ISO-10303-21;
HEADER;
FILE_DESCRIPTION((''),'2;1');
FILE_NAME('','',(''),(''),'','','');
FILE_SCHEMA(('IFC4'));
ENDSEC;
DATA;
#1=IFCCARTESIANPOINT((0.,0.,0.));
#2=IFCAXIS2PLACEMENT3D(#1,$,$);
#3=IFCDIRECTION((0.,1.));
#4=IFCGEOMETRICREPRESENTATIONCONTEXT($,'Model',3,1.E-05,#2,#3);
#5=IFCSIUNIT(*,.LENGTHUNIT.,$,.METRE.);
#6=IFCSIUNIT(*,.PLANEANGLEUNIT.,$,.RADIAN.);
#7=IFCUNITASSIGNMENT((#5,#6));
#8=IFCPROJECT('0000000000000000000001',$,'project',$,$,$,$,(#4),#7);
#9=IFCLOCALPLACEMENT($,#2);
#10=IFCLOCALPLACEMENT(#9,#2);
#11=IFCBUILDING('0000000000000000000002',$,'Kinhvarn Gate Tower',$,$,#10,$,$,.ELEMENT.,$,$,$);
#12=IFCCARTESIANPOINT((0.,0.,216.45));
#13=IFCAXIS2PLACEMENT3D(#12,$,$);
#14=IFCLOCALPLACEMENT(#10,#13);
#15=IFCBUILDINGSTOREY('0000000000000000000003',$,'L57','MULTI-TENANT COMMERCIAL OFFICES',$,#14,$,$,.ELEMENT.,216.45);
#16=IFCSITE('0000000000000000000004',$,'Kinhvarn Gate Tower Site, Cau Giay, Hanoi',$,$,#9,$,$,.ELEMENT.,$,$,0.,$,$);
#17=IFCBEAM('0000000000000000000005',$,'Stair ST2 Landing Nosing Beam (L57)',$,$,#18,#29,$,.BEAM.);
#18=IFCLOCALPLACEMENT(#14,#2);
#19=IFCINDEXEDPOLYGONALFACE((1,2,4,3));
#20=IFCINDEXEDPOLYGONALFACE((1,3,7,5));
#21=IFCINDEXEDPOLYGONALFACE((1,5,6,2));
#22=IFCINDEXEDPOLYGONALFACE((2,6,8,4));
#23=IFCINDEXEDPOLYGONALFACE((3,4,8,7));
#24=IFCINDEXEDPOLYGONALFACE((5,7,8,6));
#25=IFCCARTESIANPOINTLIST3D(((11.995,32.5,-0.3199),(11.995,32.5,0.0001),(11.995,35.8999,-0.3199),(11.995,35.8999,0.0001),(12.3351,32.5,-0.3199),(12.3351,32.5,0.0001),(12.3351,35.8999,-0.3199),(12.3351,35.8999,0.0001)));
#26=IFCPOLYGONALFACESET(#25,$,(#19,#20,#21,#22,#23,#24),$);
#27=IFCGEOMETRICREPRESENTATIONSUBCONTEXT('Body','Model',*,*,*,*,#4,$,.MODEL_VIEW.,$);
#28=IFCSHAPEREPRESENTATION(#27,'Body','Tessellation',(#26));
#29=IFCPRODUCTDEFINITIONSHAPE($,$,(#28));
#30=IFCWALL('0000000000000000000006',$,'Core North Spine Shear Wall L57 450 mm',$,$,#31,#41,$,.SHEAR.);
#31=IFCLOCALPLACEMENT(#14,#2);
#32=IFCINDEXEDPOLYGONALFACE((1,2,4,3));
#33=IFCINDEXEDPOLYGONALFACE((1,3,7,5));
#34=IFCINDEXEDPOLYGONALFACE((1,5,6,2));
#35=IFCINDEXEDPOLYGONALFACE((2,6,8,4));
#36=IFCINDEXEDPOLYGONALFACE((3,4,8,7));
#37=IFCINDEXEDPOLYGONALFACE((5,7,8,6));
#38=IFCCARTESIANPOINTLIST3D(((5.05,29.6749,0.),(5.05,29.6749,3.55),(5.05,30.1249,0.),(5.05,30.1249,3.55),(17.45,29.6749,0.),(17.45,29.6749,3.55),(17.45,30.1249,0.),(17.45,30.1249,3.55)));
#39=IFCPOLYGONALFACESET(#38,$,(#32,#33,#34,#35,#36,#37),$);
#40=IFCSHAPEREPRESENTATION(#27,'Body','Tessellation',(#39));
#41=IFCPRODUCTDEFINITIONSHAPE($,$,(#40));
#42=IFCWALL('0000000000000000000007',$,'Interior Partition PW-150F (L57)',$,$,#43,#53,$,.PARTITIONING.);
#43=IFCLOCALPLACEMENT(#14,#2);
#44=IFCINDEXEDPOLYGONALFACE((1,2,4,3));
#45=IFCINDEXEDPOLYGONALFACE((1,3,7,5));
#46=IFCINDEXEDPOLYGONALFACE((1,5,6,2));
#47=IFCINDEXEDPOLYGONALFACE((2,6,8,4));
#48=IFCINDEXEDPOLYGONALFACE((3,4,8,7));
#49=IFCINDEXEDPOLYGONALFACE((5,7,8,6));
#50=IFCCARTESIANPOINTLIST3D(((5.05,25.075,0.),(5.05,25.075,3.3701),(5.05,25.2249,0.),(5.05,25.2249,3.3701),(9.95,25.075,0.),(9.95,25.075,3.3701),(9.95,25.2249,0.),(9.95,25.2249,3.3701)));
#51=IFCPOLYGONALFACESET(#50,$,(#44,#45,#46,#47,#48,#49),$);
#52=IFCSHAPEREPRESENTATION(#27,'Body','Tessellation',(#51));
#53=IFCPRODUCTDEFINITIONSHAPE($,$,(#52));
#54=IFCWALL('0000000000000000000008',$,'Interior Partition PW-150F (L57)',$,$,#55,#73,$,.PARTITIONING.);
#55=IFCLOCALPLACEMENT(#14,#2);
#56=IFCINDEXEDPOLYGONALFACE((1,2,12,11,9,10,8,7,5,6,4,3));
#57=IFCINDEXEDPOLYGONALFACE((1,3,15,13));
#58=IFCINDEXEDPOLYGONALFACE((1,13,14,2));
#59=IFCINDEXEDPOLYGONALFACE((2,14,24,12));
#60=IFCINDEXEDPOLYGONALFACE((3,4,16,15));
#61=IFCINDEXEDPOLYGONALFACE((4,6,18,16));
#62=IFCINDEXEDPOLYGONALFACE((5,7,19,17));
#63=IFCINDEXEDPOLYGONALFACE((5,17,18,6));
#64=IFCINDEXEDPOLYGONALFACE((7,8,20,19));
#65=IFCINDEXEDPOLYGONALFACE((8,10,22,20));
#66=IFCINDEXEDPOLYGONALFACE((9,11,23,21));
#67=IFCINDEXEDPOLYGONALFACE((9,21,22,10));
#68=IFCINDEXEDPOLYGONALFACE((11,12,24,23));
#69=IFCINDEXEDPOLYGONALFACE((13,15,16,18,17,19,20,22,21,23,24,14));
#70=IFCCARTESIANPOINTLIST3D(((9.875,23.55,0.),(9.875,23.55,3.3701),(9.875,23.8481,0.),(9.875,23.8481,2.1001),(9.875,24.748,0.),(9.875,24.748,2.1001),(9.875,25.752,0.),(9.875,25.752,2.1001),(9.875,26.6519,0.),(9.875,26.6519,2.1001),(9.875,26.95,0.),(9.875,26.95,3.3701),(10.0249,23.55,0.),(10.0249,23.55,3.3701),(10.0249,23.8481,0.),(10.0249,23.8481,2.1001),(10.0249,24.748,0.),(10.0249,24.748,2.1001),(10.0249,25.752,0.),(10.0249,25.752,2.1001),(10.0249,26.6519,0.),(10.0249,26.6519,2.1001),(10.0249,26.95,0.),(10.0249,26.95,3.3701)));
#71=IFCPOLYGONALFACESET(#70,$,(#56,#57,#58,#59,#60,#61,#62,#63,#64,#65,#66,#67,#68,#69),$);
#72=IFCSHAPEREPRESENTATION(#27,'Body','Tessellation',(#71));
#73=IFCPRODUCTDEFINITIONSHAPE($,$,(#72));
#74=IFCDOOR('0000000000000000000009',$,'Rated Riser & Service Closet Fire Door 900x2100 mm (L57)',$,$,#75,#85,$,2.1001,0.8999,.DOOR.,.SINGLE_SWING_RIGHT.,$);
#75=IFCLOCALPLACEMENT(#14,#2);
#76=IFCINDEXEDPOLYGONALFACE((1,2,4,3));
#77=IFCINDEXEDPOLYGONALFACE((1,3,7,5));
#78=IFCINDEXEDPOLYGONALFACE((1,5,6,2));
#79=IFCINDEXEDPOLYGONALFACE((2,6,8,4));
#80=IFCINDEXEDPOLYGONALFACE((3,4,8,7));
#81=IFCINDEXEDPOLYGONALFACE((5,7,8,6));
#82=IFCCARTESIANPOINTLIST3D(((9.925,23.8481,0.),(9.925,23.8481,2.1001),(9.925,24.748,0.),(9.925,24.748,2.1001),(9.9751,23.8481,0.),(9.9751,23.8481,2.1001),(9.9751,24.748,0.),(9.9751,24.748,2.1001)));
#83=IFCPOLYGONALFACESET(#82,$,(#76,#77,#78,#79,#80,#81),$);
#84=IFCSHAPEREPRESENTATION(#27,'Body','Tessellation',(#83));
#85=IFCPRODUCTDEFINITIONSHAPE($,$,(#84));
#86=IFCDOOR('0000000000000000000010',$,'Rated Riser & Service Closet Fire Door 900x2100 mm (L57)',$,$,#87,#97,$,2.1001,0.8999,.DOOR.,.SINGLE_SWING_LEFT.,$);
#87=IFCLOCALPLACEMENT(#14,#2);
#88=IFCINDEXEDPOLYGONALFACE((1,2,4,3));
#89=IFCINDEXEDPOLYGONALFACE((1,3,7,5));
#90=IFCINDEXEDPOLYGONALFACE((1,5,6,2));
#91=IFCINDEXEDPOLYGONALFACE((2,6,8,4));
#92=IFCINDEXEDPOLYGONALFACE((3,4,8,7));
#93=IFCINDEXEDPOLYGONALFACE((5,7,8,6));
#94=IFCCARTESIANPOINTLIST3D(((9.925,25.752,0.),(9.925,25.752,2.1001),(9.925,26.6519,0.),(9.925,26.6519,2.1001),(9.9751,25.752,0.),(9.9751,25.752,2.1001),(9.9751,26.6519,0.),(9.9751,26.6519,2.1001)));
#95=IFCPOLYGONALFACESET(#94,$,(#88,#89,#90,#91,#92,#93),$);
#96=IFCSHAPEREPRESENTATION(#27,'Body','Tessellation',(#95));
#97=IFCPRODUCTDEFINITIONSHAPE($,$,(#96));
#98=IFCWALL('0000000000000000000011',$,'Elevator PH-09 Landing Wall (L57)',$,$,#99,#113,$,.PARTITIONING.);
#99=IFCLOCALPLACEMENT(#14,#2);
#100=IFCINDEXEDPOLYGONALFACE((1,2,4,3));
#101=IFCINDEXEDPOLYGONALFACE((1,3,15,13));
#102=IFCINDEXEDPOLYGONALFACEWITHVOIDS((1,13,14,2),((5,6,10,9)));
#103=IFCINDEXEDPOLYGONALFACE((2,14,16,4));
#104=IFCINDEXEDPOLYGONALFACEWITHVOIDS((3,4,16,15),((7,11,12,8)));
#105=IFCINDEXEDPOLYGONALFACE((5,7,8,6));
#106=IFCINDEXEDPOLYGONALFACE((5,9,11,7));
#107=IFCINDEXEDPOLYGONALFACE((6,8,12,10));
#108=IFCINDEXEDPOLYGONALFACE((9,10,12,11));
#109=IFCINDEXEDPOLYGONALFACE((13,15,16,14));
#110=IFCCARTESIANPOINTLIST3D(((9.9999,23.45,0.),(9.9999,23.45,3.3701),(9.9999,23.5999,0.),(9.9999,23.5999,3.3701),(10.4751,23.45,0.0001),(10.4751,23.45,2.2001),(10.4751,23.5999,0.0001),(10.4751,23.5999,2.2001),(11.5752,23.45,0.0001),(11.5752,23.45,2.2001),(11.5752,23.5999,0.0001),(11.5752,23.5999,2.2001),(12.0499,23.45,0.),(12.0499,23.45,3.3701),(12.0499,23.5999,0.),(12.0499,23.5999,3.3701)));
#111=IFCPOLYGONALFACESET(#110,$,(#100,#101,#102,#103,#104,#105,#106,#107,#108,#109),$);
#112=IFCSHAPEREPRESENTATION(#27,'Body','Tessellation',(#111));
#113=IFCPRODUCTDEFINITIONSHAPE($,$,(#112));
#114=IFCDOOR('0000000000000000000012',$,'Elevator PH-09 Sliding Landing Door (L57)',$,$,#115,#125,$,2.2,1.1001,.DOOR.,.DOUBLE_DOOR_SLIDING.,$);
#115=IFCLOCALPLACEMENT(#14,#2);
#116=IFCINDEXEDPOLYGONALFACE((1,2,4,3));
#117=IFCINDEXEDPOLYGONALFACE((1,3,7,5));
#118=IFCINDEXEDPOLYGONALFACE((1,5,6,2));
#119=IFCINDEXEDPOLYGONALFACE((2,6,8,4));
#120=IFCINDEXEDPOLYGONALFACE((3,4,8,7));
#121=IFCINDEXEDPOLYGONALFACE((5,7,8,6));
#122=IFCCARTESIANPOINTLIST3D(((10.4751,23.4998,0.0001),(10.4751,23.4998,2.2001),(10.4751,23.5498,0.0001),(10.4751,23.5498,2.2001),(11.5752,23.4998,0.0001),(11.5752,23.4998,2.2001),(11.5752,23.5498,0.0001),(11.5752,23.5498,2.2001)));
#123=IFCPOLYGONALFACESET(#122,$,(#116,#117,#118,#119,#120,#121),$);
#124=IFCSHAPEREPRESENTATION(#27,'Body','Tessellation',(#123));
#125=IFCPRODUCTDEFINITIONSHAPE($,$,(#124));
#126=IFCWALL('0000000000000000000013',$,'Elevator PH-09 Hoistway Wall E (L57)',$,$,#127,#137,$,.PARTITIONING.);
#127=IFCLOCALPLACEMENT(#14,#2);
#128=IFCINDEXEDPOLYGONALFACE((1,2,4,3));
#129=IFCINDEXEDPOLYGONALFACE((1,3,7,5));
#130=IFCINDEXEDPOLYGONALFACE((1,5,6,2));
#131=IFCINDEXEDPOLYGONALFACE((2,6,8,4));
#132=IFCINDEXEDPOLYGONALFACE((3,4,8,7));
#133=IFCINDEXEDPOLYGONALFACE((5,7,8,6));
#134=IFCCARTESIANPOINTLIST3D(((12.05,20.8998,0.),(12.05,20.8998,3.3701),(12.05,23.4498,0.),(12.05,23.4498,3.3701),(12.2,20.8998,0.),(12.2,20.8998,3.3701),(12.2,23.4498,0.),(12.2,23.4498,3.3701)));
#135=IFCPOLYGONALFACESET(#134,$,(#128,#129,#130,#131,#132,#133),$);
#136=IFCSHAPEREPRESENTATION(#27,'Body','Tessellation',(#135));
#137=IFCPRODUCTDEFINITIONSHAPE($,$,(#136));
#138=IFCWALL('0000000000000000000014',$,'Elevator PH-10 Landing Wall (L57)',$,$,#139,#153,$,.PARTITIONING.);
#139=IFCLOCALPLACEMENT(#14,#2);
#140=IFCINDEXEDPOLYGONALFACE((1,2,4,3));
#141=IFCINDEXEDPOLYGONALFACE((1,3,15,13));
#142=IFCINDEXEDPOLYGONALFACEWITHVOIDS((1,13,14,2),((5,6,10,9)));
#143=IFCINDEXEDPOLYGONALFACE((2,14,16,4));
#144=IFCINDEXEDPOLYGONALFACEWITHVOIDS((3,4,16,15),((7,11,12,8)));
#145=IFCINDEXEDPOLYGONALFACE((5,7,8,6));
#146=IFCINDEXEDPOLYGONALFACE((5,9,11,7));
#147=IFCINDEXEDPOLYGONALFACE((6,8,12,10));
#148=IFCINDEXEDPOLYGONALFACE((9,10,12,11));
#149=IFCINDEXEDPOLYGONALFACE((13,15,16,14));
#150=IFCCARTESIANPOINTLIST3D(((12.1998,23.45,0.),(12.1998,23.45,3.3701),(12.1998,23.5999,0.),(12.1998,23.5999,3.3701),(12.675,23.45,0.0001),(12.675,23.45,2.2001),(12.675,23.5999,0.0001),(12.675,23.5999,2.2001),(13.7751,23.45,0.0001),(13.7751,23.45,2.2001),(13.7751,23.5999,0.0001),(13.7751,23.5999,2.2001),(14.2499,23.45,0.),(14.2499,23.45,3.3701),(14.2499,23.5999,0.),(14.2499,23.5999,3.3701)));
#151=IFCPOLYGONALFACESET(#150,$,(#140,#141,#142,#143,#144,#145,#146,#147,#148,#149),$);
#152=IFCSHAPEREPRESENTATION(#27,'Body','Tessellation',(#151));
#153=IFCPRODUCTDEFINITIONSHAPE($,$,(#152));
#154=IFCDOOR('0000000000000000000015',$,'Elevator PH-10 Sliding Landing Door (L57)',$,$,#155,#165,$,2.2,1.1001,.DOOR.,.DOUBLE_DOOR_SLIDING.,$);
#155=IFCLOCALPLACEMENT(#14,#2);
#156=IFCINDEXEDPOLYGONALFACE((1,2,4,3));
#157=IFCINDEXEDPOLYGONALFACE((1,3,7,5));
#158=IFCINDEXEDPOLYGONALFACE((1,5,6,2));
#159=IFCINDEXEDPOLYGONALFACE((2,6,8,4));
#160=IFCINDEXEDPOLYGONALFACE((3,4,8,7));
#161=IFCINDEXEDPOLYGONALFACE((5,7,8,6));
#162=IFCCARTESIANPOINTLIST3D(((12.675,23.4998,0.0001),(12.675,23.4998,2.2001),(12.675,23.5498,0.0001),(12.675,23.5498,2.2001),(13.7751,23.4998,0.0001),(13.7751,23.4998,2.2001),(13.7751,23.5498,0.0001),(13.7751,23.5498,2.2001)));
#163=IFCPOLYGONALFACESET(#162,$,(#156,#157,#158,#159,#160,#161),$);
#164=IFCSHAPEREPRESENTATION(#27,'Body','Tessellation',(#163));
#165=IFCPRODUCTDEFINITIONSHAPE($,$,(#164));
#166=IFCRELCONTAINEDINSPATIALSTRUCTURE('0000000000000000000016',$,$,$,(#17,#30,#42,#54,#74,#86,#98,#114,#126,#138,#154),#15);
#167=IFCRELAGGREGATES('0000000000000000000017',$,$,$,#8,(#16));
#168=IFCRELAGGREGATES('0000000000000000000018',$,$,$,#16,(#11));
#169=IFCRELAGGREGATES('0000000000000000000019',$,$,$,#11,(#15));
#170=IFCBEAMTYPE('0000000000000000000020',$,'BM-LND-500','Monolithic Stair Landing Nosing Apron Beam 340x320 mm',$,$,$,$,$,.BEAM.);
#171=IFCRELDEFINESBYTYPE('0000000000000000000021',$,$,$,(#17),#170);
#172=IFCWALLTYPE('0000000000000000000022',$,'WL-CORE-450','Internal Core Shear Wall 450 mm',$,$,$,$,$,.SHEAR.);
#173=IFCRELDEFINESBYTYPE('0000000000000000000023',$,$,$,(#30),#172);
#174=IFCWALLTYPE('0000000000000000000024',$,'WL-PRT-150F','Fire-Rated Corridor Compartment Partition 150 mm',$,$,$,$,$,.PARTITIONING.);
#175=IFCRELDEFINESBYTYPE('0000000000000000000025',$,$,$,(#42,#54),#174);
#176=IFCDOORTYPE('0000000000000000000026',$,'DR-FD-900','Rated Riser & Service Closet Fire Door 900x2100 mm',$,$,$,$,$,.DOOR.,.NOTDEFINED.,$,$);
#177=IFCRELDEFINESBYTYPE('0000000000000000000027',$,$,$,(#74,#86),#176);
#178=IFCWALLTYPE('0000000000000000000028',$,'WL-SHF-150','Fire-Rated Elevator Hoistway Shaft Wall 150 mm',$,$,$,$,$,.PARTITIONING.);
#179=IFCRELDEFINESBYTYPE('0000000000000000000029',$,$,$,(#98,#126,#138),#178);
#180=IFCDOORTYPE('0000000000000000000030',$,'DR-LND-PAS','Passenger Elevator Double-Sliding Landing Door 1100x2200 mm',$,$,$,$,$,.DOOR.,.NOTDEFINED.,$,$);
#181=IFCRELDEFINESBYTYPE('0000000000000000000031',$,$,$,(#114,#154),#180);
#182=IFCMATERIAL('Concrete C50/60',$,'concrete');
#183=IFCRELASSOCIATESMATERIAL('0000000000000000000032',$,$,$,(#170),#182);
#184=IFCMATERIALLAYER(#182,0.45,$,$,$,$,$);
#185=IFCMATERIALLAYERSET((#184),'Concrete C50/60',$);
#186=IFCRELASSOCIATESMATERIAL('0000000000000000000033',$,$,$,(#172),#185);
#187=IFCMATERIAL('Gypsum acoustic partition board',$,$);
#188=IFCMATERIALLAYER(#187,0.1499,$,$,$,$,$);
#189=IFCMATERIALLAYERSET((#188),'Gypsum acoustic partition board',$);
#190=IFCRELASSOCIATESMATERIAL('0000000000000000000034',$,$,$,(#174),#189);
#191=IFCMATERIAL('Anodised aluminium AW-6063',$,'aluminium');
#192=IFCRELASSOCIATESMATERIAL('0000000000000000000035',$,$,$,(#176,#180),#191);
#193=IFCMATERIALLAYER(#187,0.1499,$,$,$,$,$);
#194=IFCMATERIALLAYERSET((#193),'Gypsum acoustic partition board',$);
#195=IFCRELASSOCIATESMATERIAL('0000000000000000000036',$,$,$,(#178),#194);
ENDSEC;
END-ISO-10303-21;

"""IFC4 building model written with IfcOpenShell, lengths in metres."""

from ifc_helpers import new_model, si_unit, direction, frame, frame_2d, origin, origin_2d, place, context, subcontext, project, spatial, rectangle, extrude, material, layer, layer_set, material_profile, profile_set, type_object, element, fill, save


model = new_model("IFC4")

# Units and contexts
model_context = context("Model", 3, precision=1e-05, world=origin(), true_north=direction((0.0, 1.0)))
body_context = subcontext(model_context, "Body", "Model", "MODEL_VIEW")
ifc_project = project(units=[si_unit("LENGTHUNIT", "METRE"), si_unit("PLANEANGLEUNIT", "RADIAN")], contexts=[model_context])

# Site, building, storey
site_placement = place(None, origin())
site = spatial("IfcSite", under=ifc_project, at=site_placement, Name="Kinhvarn Gate Tower Site, Cau Giay, Hanoi", CompositionType="ELEMENT", RefElevation=0.0)
building_placement = place(site_placement, origin())
building = spatial("IfcBuilding", under=site, at=building_placement, Name="Kinhvarn Gate Tower", CompositionType="ELEMENT")
storey_placement = place(building_placement, frame((0.0, 0.0, 216.45)))
storey = spatial("IfcBuildingStorey", under=building, at=storey_placement, Name="L57", Description="MULTI-TENANT COMMERCIAL OFFICES", CompositionType="ELEMENT", Elevation=216.45)

# Beam
ifc_material_1 = material(Name="Concrete C50/60", Category="concrete")
ifc_material_profile = material_profile(ifc_material_1, rectangle(XDim=0.3401, YDim=0.3201, at=origin_2d()), Name="RC 340x320")
ifc_profile_set = profile_set([ifc_material_profile], Name="Concrete C50/60")
beam_type = type_object("IfcBeamType", Name="BM-LND-500", Description="Monolithic Stair Landing Nosing Apron Beam 340x320 mm", PredefinedType="BEAM", material=ifc_profile_set)
beam_placement = place(storey_placement, frame((12.165, 32.5, -0.1599), z_axis=(0.0, 1.0, 0.0), x_axis=(-1.0, 0.0, 0.0)))
element("IfcBeam", 1, at=beam_placement, inside=storey, type_object=beam_type, Name="Stair ST2 Landing Nosing Beam (L57)", PredefinedType="BEAM", context=body_context, shape_type="SweptSolid", body=[
    extrude(rectangle(XDim=0.3401, YDim=0.3201, at=origin_2d()), origin(), (0.0, 0.0, 1.0), 3.3999),
])

# Walls
ifc_layer_1 = layer(ifc_material_1, 0.45)
ifc_layer_set_1 = layer_set([ifc_layer_1], Name="Concrete C50/60")
wall_type_1 = type_object("IfcWallType", Name="WL-CORE-450", Description="Internal Core Shear Wall 450 mm", PredefinedType="SHEAR", material=ifc_layer_set_1)
wall_1_placement = place(storey_placement, frame((5.05, 29.8999, 0.0), z_axis=(0.0, 0.0, 1.0), x_axis=(1.0, 0.0, 0.0)))
element("IfcWall", 2, at=wall_1_placement, inside=storey, type_object=wall_type_1, Name="Core North Spine Shear Wall L57 450 mm", PredefinedType="SHEAR", context=body_context, shape_type="SweptSolid", body=[
    extrude(rectangle(XDim=12.3999, YDim=0.45, at=frame_2d((6.2, 0.0))), origin(), (0.0, 0.0, 1.0), 3.55),
])
ifc_material_2 = material(Name="Gypsum acoustic partition board")
ifc_layer_2 = layer(ifc_material_2, 0.1499)
ifc_layer_set_2 = layer_set([ifc_layer_2], Name="Gypsum acoustic partition board")
wall_type_2 = type_object("IfcWallType", Name="WL-PRT-150F", Description="Fire-Rated Corridor Compartment Partition 150 mm", PredefinedType="PARTITIONING", material=ifc_layer_set_2)
wall_2_placement = place(storey_placement, frame((5.05, 25.1499, 0.0), z_axis=(0.0, 0.0, 1.0), x_axis=(1.0, 0.0, 0.0)))
element("IfcWall", 3, at=wall_2_placement, inside=storey, type_object=wall_type_2, Name="Interior Partition PW-150F (L57)", PredefinedType="PARTITIONING", context=body_context, shape_type="SweptSolid", body=[
    extrude(rectangle(XDim=4.8999, YDim=0.1499, at=frame_2d((2.45, 0.0))), origin(), (0.0, 0.0, 1.0), 3.3701),
])

# Wall, openings, doors
wall_3_placement = place(storey_placement, frame((9.95, 23.55, 0.0), z_axis=(0.0, 0.0, 1.0), x_axis=(0.0, 1.0, 0.0)))
wall_3 = element("IfcWall", 4, at=wall_3_placement, inside=storey, type_object=wall_type_2, Name="Interior Partition PW-150F (L57)", PredefinedType="PARTITIONING", context=body_context, shape_type="SweptSolid", body=[
    extrude(rectangle(XDim=3.3999, YDim=0.1499, at=frame_2d((1.7, 0.0))), origin(), (0.0, 0.0, 1.0), 3.3701),
])
opening_1_placement = place(wall_3_placement, frame((0.2981, 0.0, 0.0)))
opening_1 = element("IfcOpeningElement", 5, at=opening_1_placement, cuts=wall_3, PredefinedType="OPENING", context=body_context, shape_type="SweptSolid", body=[
    extrude(rectangle(XDim=0.8999, YDim=2.1001, at=frame_2d((0.45, 1.05))), frame((0.0, 0.085, 0.0), z_axis=(0.0, -1.0, 0.0), x_axis=(1.0, 0.0, 0.0)), (0.0, 0.0, 1.0), 0.1699),
])
opening_2_placement = place(wall_3_placement, frame((2.2019, 0.0, 0.0)))
opening_2 = element("IfcOpeningElement", 6, at=opening_2_placement, cuts=wall_3, PredefinedType="OPENING", context=body_context, shape_type="SweptSolid", body=[
    extrude(rectangle(XDim=0.8999, YDim=2.1001, at=frame_2d((0.45, 1.05))), frame((0.0, 0.085, 0.0), z_axis=(0.0, -1.0, 0.0), x_axis=(1.0, 0.0, 0.0)), (0.0, 0.0, 1.0), 0.1699),
])
ifc_material_3 = material(Name="Anodised aluminium AW-6063", Category="aluminium")
door_type_1 = type_object("IfcDoorType", Name="DR-FD-900", Description="Rated Riser & Service Closet Fire Door 900x2100 mm", OperationType="NOTDEFINED", PredefinedType="DOOR", material=ifc_material_3)
door_1_placement = place(opening_1_placement, origin())
door_1 = element("IfcDoor", 7, at=door_1_placement, inside=storey, type_object=door_type_1, Name="Rated Riser & Service Closet Fire Door 900x2100 mm (L57)", OperationType="SINGLE_SWING_RIGHT", OverallHeight=2.1001, OverallWidth=0.8999, PredefinedType="DOOR", context=body_context, shape_type="SweptSolid", body=[
    extrude(rectangle(XDim=0.8999, YDim=2.1001, at=frame_2d((0.45, 1.05))), frame((0.0, 0.0249, 0.0), z_axis=(0.0, -1.0, 0.0), x_axis=(1.0, 0.0, 0.0)), (0.0, 0.0, 1.0), 0.05),
])
fill(opening_1, door_1)
door_2_placement = place(opening_2_placement, origin())
door_2 = element("IfcDoor", 8, at=door_2_placement, inside=storey, type_object=door_type_1, Name="Rated Riser & Service Closet Fire Door 900x2100 mm (L57)", OperationType="SINGLE_SWING_LEFT", OverallHeight=2.1001, OverallWidth=0.8999, PredefinedType="DOOR", context=body_context, shape_type="SweptSolid", body=[
    extrude(rectangle(XDim=0.8999, YDim=2.1001, at=frame_2d((0.45, 1.05))), frame((0.0, 0.0249, 0.0), z_axis=(0.0, -1.0, 0.0), x_axis=(1.0, 0.0, 0.0)), (0.0, 0.0, 1.0), 0.05),
])
fill(opening_2, door_2)

# Wall, opening, door
ifc_layer_3 = layer(ifc_material_2, 0.1499)
ifc_layer_set_3 = layer_set([ifc_layer_3], Name="Gypsum acoustic partition board")
wall_type_3 = type_object("IfcWallType", Name="WL-SHF-150", Description="Fire-Rated Elevator Hoistway Shaft Wall 150 mm", PredefinedType="PARTITIONING", material=ifc_layer_set_3)
wall_4_placement = place(storey_placement, frame((10.0, 23.5249, 0.0), z_axis=(0.0, 0.0, 1.0), x_axis=(1.0, 0.0, 0.0)))
wall_4 = element("IfcWall", 9, at=wall_4_placement, inside=storey, type_object=wall_type_3, Name="Elevator PH-09 Landing Wall (L57)", PredefinedType="PARTITIONING", context=body_context, shape_type="SweptSolid", body=[
    extrude(rectangle(XDim=2.05, YDim=0.1499, at=frame_2d((1.0249, 0.0))), origin(), (0.0, 0.0, 1.0), 3.3701),
])
opening_3_placement = place(wall_4_placement, frame((0.4751, 0.0, 0.0)))
opening_3 = element("IfcOpeningElement", 10, at=opening_3_placement, cuts=wall_4, PredefinedType="OPENING", context=body_context, shape_type="SweptSolid", body=[
    extrude(rectangle(XDim=1.1001, YDim=2.2, at=frame_2d((0.55, 1.1001))), frame((0.0, 0.085, 0.0), z_axis=(0.0, -1.0, 0.0), x_axis=(1.0, 0.0, 0.0)), (0.0, 0.0, 1.0), 0.1699),
])
door_type_2 = type_object("IfcDoorType", Name="DR-LND-PAS", Description="Passenger Elevator Double-Sliding Landing Door 1100x2200 mm", OperationType="NOTDEFINED", PredefinedType="DOOR", material=ifc_material_3)
door_3_placement = place(opening_3_placement, origin())
door_3 = element("IfcDoor", 11, at=door_3_placement, inside=storey, type_object=door_type_2, Name="Elevator PH-09 Sliding Landing Door (L57)", OperationType="DOUBLE_DOOR_SLIDING", OverallHeight=2.2, OverallWidth=1.1001, PredefinedType="DOOR", context=body_context, shape_type="SweptSolid", body=[
    extrude(rectangle(XDim=1.1001, YDim=2.2, at=frame_2d((0.55, 1.1001))), frame((0.0, 0.0249, 0.0), z_axis=(0.0, -1.0, 0.0), x_axis=(1.0, 0.0, 0.0)), (0.0, 0.0, 1.0), 0.05),
])
fill(opening_3, door_3)

# Wall
wall_5_placement = place(storey_placement, frame((12.125, 20.8999, 0.0), z_axis=(0.0, 0.0, 1.0), x_axis=(0.0, 1.0, 0.0)))
element("IfcWall", 12, at=wall_5_placement, inside=storey, type_object=wall_type_3, Name="Elevator PH-09 Hoistway Wall E (L57)", PredefinedType="PARTITIONING", context=body_context, shape_type="SweptSolid", body=[
    extrude(rectangle(XDim=2.55, YDim=0.1499, at=frame_2d((1.2749, 0.0))), origin(), (0.0, 0.0, 1.0), 3.3701),
])

# Wall, opening, door
wall_6_placement = place(storey_placement, frame((12.2, 23.5249, 0.0), z_axis=(0.0, 0.0, 1.0), x_axis=(1.0, 0.0, 0.0)))
wall_6 = element("IfcWall", 13, at=wall_6_placement, inside=storey, type_object=wall_type_3, Name="Elevator PH-10 Landing Wall (L57)", PredefinedType="PARTITIONING", context=body_context, shape_type="SweptSolid", body=[
    extrude(rectangle(XDim=2.05, YDim=0.1499, at=frame_2d((1.0249, 0.0))), origin(), (0.0, 0.0, 1.0), 3.3701),
])
opening_4_placement = place(wall_6_placement, frame((0.4751, 0.0, 0.0)))
opening_4 = element("IfcOpeningElement", 14, at=opening_4_placement, cuts=wall_6, PredefinedType="OPENING", context=body_context, shape_type="SweptSolid", body=[
    extrude(rectangle(XDim=1.1001, YDim=2.2, at=frame_2d((0.55, 1.1001))), frame((0.0, 0.085, 0.0), z_axis=(0.0, -1.0, 0.0), x_axis=(1.0, 0.0, 0.0)), (0.0, 0.0, 1.0), 0.1699),
])
door_4_placement = place(opening_4_placement, origin())
door_4 = element("IfcDoor", 15, at=door_4_placement, inside=storey, type_object=door_type_2, Name="Elevator PH-10 Sliding Landing Door (L57)", OperationType="DOUBLE_DOOR_SLIDING", OverallHeight=2.2, OverallWidth=1.1001, PredefinedType="DOOR", context=body_context, shape_type="SweptSolid", body=[
    extrude(rectangle(XDim=1.1001, YDim=2.2, at=frame_2d((0.55, 1.1001))), frame((0.0, 0.0249, 0.0), z_axis=(0.0, -1.0, 0.0), x_axis=(1.0, 0.0, 0.0)), (0.0, 0.0, 1.0), 0.05),
])
fill(opening_4, door_4)

save(model, "model.ifc")
